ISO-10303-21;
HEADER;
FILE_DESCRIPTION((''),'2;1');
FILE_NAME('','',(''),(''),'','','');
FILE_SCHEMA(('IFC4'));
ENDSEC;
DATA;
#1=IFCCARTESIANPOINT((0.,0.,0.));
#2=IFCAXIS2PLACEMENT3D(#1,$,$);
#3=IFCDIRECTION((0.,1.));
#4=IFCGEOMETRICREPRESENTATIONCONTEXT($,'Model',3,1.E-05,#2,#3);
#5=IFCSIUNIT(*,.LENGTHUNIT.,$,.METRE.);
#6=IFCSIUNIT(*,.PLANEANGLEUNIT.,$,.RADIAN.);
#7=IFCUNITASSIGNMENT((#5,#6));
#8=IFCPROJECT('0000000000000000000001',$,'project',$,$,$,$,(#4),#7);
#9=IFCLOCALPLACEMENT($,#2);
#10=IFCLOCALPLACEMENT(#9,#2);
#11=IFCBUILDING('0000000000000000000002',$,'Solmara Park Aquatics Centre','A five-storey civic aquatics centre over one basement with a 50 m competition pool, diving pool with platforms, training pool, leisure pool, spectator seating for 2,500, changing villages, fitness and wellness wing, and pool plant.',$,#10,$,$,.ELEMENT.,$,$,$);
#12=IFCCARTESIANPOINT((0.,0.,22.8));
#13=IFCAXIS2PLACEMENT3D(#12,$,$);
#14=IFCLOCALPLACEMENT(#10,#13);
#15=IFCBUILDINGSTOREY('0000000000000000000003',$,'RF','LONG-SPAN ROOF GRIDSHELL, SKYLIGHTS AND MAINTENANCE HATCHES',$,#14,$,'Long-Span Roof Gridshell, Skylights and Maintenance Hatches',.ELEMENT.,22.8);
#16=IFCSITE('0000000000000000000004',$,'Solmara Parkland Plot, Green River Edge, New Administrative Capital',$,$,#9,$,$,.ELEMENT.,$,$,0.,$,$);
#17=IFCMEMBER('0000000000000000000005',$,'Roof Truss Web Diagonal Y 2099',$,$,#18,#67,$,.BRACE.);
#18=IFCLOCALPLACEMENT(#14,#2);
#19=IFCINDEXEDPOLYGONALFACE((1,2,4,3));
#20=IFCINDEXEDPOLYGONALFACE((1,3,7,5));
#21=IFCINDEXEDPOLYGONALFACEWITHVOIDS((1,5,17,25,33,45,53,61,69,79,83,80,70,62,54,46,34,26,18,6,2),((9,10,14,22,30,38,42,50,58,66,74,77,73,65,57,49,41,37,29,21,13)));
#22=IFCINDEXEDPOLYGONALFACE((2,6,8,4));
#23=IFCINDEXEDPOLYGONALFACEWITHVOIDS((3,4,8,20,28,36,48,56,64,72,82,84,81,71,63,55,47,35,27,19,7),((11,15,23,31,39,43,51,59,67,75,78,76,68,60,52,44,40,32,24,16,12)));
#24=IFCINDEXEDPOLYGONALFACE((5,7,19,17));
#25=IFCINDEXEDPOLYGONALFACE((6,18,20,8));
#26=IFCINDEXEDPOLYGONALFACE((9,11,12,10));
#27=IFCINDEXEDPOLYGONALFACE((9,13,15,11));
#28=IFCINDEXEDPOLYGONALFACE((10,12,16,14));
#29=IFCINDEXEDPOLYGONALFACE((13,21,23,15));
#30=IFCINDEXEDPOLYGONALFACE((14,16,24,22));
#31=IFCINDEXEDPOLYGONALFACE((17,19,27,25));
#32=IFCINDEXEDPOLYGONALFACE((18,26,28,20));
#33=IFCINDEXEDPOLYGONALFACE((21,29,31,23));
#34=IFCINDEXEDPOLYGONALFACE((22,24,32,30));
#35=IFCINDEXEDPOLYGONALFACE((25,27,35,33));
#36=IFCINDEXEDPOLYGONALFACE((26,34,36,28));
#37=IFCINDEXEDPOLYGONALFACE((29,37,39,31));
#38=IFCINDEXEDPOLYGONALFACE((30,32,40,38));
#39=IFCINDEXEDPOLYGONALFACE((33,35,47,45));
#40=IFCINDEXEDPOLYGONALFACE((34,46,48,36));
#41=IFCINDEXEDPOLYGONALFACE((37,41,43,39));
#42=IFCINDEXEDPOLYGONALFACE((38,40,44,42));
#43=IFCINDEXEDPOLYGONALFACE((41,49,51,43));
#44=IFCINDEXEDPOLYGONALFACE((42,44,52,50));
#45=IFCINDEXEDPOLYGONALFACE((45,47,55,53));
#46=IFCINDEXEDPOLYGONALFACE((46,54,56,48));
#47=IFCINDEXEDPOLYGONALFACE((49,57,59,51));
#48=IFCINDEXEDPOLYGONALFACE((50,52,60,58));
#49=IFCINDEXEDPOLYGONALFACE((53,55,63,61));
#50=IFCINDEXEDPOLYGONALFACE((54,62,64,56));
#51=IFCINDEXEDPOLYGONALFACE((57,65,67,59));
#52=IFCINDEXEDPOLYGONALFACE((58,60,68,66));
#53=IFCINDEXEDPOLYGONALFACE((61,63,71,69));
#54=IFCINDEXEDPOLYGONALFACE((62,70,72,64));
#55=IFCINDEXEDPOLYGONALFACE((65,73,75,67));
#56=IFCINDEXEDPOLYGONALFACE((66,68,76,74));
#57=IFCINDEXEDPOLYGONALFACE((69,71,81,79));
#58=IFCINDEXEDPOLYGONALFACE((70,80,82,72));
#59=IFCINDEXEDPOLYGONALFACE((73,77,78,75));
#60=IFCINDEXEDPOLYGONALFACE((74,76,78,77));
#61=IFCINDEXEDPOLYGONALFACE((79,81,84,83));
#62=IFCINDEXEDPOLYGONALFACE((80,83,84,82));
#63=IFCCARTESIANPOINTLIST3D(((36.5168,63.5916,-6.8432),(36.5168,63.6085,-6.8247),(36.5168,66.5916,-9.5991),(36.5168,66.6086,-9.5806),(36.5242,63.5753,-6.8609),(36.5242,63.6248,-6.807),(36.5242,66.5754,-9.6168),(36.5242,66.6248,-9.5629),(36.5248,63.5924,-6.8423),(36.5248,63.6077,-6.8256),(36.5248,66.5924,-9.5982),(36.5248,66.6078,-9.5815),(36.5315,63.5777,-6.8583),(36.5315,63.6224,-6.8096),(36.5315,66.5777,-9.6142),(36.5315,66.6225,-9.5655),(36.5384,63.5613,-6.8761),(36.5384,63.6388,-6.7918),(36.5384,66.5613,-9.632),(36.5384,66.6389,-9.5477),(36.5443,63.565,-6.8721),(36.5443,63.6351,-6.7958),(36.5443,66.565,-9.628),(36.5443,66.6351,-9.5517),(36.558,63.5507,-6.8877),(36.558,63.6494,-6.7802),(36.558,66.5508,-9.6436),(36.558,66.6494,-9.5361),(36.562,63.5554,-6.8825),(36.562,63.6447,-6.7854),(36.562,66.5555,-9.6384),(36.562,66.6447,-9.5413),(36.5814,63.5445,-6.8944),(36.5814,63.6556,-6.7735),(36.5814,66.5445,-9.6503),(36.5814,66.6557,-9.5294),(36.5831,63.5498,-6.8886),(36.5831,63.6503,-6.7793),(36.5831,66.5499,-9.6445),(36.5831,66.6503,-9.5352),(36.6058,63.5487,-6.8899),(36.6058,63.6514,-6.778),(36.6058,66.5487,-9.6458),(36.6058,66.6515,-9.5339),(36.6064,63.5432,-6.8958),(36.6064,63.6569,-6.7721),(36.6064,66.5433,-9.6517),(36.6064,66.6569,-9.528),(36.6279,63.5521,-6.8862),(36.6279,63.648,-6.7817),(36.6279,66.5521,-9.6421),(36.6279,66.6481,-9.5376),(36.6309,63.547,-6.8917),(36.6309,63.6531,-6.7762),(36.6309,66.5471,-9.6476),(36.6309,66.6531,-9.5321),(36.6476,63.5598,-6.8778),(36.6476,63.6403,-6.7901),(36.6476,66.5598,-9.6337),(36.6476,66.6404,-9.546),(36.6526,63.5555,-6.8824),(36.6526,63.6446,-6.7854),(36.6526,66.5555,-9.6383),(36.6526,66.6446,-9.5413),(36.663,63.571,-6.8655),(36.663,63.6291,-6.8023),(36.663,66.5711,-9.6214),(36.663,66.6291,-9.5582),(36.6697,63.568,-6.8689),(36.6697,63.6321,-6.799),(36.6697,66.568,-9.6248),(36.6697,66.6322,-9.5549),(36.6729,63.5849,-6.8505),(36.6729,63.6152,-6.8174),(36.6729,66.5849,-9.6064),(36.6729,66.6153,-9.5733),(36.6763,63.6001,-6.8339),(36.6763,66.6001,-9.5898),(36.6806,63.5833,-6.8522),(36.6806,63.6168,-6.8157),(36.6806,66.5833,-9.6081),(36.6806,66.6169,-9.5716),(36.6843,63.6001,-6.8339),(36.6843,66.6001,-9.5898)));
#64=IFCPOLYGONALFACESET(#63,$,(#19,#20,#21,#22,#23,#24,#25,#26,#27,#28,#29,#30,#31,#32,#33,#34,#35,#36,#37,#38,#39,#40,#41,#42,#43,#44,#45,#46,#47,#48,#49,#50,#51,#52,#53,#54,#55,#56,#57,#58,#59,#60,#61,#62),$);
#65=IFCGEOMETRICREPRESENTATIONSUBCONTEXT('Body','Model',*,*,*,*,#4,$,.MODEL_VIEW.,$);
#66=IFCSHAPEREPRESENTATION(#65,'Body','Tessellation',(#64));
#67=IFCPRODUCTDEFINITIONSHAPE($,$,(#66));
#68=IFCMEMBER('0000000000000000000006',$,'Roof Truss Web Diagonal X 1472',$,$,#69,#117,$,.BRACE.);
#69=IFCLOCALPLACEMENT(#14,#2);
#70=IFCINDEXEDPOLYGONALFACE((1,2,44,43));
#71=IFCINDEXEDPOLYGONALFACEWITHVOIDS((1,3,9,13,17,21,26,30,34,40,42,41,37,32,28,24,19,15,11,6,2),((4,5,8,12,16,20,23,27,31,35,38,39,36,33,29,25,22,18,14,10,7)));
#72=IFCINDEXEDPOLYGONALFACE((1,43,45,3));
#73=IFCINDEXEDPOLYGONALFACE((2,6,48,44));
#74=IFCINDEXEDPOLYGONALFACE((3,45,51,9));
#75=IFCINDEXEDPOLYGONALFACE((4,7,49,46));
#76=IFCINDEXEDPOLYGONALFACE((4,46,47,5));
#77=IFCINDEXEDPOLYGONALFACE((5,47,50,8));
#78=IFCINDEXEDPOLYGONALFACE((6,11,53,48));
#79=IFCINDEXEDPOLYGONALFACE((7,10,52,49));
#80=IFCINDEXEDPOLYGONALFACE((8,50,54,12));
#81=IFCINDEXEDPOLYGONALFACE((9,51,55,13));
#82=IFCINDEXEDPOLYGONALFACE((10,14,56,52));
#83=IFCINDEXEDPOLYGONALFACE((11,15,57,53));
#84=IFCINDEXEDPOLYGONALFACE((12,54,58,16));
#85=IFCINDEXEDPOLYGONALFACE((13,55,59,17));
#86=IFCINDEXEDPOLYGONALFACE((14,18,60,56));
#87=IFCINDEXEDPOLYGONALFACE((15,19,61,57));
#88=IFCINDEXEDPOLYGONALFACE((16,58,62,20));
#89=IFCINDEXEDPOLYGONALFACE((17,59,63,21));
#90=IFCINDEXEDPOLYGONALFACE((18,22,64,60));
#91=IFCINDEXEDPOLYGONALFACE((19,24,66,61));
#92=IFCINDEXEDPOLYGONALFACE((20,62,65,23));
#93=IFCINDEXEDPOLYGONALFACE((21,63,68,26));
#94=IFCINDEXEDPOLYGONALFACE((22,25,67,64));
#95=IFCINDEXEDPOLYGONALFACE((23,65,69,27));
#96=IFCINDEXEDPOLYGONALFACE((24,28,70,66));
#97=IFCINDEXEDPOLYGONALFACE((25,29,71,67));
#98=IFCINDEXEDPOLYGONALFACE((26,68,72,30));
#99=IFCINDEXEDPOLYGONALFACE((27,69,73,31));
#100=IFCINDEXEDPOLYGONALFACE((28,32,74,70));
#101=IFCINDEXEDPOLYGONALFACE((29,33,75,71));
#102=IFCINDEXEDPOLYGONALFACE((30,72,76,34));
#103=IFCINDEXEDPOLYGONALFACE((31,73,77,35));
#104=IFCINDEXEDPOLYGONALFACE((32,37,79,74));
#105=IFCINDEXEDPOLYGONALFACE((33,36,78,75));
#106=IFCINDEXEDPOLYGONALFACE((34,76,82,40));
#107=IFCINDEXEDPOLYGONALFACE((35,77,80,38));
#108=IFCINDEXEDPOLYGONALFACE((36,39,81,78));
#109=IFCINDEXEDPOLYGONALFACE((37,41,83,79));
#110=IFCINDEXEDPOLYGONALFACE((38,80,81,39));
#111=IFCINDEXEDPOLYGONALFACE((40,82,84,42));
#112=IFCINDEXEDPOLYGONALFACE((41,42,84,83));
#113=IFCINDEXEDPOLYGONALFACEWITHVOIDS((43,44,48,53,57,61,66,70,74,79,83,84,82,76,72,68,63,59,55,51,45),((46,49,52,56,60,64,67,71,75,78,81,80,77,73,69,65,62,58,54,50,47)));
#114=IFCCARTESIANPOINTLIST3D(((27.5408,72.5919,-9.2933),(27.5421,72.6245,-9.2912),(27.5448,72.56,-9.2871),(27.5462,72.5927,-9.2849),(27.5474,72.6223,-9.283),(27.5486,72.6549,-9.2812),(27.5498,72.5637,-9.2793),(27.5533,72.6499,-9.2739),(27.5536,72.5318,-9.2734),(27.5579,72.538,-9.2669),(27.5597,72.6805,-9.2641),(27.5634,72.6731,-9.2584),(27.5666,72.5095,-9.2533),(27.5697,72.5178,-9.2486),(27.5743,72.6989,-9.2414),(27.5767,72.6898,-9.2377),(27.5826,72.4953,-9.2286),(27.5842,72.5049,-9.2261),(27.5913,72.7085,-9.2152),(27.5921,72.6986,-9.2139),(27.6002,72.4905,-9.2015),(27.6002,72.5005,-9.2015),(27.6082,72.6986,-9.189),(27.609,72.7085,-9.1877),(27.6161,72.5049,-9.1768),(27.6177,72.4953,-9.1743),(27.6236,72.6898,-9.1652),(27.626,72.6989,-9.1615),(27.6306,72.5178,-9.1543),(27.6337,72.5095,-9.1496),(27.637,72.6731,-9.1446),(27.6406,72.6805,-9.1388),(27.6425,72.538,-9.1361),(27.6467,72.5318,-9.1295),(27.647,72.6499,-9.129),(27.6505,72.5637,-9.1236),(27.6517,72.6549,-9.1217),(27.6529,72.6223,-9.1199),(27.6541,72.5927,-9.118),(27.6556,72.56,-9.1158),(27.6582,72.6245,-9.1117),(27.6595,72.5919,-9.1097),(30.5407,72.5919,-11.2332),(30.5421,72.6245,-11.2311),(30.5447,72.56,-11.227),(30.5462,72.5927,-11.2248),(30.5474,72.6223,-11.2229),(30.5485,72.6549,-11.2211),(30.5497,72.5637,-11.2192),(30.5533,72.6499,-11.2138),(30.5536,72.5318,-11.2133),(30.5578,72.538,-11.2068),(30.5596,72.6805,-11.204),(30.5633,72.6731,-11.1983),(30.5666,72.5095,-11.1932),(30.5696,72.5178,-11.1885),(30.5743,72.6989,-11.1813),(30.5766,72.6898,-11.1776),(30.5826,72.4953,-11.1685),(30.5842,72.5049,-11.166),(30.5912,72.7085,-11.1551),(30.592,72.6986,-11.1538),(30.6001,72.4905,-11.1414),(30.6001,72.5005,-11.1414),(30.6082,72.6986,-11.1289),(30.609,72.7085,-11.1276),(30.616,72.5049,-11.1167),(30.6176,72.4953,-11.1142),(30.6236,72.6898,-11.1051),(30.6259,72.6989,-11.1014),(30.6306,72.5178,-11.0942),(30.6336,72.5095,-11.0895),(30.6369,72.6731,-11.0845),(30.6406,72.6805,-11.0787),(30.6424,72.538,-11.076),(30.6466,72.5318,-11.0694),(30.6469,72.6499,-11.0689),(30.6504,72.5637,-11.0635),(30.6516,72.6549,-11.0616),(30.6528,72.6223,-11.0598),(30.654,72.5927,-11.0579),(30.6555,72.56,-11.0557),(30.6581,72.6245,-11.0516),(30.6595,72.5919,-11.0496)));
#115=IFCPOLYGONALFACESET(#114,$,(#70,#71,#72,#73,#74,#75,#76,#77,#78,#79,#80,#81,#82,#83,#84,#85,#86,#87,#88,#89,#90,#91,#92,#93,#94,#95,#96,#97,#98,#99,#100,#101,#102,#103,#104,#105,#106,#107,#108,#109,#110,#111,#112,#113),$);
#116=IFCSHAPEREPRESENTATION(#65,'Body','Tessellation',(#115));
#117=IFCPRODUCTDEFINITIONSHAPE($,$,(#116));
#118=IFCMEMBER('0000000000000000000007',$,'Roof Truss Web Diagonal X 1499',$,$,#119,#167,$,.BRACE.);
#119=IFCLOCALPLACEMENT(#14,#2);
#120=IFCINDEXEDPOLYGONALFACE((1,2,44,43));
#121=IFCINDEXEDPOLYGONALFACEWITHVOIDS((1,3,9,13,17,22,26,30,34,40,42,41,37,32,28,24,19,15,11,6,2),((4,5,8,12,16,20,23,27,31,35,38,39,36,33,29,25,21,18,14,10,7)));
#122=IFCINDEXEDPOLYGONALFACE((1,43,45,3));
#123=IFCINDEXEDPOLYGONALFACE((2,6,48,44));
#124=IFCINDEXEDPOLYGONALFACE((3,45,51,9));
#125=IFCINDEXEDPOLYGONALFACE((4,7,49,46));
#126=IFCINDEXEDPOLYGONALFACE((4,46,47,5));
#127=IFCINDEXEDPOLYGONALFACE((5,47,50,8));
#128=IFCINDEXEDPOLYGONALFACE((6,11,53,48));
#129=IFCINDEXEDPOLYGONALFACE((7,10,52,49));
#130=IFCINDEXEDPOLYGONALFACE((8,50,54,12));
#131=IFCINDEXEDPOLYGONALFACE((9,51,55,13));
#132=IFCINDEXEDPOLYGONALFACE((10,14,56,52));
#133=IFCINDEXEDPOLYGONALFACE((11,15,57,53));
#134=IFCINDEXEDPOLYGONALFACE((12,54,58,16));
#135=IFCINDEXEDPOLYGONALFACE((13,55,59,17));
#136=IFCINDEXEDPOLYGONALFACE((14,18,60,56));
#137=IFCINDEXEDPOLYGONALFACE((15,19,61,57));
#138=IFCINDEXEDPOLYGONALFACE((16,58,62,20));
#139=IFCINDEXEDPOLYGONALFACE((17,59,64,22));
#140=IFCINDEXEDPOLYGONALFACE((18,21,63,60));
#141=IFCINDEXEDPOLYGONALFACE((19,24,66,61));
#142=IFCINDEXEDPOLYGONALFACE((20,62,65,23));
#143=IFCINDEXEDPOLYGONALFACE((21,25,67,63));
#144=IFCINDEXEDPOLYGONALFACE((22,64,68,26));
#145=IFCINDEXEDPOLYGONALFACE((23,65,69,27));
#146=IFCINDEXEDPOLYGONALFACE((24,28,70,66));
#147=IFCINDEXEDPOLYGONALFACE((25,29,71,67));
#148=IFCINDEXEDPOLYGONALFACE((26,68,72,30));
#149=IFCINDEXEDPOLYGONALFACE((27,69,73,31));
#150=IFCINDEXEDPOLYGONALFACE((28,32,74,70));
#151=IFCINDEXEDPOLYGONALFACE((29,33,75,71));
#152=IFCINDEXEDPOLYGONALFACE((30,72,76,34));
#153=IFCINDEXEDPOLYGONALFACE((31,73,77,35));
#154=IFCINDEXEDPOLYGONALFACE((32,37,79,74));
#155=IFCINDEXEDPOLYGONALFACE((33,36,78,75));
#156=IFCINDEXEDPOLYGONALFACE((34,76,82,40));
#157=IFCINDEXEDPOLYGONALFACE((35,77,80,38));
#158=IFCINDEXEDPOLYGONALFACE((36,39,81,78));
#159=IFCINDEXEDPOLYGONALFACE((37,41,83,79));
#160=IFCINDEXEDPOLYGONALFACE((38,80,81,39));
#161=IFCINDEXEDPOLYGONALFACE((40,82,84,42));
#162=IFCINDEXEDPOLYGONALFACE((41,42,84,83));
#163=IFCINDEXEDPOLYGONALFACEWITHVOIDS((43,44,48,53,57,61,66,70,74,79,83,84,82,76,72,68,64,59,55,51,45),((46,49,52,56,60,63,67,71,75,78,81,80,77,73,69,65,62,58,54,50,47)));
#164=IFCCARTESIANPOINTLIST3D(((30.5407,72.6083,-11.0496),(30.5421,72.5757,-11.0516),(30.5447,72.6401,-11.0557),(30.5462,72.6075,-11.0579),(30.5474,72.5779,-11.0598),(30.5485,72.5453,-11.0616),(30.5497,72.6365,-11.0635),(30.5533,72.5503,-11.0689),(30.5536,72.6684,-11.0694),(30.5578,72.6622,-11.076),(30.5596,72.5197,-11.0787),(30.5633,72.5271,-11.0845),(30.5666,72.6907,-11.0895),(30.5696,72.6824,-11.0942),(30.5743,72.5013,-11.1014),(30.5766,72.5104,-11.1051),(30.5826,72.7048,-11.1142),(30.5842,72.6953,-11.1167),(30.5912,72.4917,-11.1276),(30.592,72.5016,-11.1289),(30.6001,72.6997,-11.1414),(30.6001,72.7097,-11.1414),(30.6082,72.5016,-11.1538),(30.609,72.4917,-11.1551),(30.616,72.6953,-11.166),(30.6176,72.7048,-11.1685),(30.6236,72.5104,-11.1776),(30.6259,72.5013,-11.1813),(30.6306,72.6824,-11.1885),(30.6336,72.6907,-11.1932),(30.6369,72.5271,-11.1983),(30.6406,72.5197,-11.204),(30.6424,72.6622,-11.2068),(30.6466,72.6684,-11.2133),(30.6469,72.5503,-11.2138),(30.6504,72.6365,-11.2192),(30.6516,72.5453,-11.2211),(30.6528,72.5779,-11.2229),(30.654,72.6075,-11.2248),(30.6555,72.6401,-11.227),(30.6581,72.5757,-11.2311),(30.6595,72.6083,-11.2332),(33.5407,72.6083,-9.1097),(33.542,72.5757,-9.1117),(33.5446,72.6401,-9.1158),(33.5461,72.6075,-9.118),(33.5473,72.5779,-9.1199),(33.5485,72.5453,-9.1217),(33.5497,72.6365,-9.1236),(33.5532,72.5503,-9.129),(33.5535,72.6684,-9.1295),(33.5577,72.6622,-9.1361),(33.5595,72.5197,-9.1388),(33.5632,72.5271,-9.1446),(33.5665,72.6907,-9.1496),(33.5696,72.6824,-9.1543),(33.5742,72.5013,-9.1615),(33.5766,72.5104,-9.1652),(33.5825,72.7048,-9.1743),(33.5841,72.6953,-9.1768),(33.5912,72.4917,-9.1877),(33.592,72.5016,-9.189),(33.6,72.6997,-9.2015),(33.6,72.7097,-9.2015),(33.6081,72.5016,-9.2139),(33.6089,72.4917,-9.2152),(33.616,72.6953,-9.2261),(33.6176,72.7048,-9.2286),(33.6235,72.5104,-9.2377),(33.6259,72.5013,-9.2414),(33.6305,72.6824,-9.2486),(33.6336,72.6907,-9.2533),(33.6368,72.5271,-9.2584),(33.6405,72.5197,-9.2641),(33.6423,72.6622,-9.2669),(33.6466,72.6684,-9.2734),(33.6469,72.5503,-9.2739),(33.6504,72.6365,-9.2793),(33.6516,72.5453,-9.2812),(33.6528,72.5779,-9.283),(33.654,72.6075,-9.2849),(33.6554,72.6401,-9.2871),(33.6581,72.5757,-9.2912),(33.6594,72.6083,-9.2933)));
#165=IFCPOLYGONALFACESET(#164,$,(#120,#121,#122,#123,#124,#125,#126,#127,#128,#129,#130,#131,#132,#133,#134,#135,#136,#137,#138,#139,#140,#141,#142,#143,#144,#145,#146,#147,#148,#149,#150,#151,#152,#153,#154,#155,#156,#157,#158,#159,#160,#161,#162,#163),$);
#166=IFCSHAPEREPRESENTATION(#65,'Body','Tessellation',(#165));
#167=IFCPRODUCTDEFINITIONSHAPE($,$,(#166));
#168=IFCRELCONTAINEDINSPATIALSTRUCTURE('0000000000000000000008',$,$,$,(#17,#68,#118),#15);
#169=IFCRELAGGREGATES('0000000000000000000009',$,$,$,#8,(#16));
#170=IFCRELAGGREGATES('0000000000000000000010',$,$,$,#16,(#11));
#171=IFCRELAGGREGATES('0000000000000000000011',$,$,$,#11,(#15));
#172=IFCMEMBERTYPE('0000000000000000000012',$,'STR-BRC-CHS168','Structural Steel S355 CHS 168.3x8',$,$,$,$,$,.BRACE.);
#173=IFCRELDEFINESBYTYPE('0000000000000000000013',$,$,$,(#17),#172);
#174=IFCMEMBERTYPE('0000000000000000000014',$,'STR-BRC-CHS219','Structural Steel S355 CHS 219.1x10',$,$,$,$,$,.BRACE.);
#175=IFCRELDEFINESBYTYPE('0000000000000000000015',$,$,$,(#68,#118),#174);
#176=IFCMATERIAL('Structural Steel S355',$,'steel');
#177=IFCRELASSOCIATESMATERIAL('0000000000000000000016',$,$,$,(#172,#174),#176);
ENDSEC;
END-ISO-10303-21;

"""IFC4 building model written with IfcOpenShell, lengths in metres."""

from ifc_helpers import new_model, si_unit, direction, frame, origin, origin_2d, place, context, subcontext, project, spatial, hollow_circle, extrude, material, material_profile, profile_set, type_object, element, save


model = new_model("IFC4")

# Units and contexts
model_context = context("Model", 3, precision=1e-05, world=origin(), true_north=direction((0.0, 1.0)))
body_context = subcontext(model_context, "Body", "Model", "MODEL_VIEW")
ifc_project = project(units=[si_unit("LENGTHUNIT", "METRE"), si_unit("PLANEANGLEUNIT", "RADIAN")], contexts=[model_context])

# Site, building, storey
site_placement = place(None, origin())
site = spatial("IfcSite", under=ifc_project, at=site_placement, Name="Solmara Parkland Plot, Green River Edge, New Administrative Capital", CompositionType="ELEMENT", RefElevation=0.0)
building_placement = place(site_placement, origin())
building = spatial("IfcBuilding", under=site, at=building_placement, Name="Solmara Park Aquatics Centre", Description="A five-storey civic aquatics centre over one basement with a 50 m competition pool, diving pool with platforms, training pool, leisure pool, spectator seating for 2,500, changing villages, fitness and wellness wing, and pool plant.", CompositionType="ELEMENT")
storey_placement = place(building_placement, frame((0.0, 0.0, 22.8)))
storey = spatial("IfcBuildingStorey", under=building, at=storey_placement, Name="RF", Description="LONG-SPAN ROOF GRIDSHELL, SKYLIGHTS AND MAINTENANCE HATCHES", LongName="Long-Span Roof Gridshell, Skylights and Maintenance Hatches", CompositionType="ELEMENT", Elevation=22.8)

# Members
ifc_material_1 = material(Name="Structural Steel S355", Category="steel")
ifc_material_profile_1 = material_profile(ifc_material_1, hollow_circle(Radius=0.0842, WallThickness=0.0081, at=origin_2d()), Name="CHS 168.3x8")
ifc_profile_set_1 = profile_set([ifc_material_profile_1], Name="Structural Steel S355")
member_type_1 = type_object("IfcMemberType", Name="STR-BRC-CHS168", Description="Structural Steel S355 CHS 168.3x8", PredefinedType="BRACE", material=ifc_profile_set_1)
member_1_placement = place(storey_placement, frame((36.6001, 66.6001, -9.5898), z_axis=(0.0, -0.736437, 0.676506), x_axis=(1.0, 0.0, 0.0)))
element("IfcMember", 1, at=member_1_placement, inside=storey, type_object=member_type_1, Name="Roof Truss Web Diagonal Y 2099", PredefinedType="BRACE", context=body_context, shape_type="SweptSolid", body=[
    extrude(hollow_circle(Radius=0.0842, WallThickness=0.0081, at=origin_2d()), origin(), (0.0, 0.0, 1.0), 4.0737),
])
ifc_material_profile_2 = material_profile(ifc_material_1, hollow_circle(Radius=0.1096, WallThickness=0.01, at=origin_2d()), Name="CHS 219.1x10")
ifc_profile_set_2 = profile_set([ifc_material_profile_2], Name="Structural Steel S355")
member_type_2 = type_object("IfcMemberType", Name="STR-BRC-CHS219", Description="Structural Steel S355 CHS 219.1x10", PredefinedType="BRACE", material=ifc_profile_set_2)
for number, where, z_axis, x_axis, name in (
    (2, (30.6001, 72.6001, -11.1414), (-0.839728, 0.0, 0.543008), (0.0, -1.0, 0.0), "Roof Truss Web Diagonal X 1472"),
    (3, (30.6001, 72.6001, -11.1414), (0.839728, 0.0, 0.543008), (0.0, 1.0, 0.0), "Roof Truss Web Diagonal X 1499"),
):
    element("IfcMember", number, at=place(storey_placement, frame(where, z_axis=z_axis, x_axis=x_axis)), inside=storey, type_object=member_type_2, Name=name, PredefinedType="BRACE", context=body_context, shape_type="SweptSolid", body=[
        extrude(hollow_circle(Radius=0.1096, WallThickness=0.01, at=origin_2d()), origin(), (0.0, 0.0, 1.0), 3.5725),
    ])

save(model, "model.ifc")
